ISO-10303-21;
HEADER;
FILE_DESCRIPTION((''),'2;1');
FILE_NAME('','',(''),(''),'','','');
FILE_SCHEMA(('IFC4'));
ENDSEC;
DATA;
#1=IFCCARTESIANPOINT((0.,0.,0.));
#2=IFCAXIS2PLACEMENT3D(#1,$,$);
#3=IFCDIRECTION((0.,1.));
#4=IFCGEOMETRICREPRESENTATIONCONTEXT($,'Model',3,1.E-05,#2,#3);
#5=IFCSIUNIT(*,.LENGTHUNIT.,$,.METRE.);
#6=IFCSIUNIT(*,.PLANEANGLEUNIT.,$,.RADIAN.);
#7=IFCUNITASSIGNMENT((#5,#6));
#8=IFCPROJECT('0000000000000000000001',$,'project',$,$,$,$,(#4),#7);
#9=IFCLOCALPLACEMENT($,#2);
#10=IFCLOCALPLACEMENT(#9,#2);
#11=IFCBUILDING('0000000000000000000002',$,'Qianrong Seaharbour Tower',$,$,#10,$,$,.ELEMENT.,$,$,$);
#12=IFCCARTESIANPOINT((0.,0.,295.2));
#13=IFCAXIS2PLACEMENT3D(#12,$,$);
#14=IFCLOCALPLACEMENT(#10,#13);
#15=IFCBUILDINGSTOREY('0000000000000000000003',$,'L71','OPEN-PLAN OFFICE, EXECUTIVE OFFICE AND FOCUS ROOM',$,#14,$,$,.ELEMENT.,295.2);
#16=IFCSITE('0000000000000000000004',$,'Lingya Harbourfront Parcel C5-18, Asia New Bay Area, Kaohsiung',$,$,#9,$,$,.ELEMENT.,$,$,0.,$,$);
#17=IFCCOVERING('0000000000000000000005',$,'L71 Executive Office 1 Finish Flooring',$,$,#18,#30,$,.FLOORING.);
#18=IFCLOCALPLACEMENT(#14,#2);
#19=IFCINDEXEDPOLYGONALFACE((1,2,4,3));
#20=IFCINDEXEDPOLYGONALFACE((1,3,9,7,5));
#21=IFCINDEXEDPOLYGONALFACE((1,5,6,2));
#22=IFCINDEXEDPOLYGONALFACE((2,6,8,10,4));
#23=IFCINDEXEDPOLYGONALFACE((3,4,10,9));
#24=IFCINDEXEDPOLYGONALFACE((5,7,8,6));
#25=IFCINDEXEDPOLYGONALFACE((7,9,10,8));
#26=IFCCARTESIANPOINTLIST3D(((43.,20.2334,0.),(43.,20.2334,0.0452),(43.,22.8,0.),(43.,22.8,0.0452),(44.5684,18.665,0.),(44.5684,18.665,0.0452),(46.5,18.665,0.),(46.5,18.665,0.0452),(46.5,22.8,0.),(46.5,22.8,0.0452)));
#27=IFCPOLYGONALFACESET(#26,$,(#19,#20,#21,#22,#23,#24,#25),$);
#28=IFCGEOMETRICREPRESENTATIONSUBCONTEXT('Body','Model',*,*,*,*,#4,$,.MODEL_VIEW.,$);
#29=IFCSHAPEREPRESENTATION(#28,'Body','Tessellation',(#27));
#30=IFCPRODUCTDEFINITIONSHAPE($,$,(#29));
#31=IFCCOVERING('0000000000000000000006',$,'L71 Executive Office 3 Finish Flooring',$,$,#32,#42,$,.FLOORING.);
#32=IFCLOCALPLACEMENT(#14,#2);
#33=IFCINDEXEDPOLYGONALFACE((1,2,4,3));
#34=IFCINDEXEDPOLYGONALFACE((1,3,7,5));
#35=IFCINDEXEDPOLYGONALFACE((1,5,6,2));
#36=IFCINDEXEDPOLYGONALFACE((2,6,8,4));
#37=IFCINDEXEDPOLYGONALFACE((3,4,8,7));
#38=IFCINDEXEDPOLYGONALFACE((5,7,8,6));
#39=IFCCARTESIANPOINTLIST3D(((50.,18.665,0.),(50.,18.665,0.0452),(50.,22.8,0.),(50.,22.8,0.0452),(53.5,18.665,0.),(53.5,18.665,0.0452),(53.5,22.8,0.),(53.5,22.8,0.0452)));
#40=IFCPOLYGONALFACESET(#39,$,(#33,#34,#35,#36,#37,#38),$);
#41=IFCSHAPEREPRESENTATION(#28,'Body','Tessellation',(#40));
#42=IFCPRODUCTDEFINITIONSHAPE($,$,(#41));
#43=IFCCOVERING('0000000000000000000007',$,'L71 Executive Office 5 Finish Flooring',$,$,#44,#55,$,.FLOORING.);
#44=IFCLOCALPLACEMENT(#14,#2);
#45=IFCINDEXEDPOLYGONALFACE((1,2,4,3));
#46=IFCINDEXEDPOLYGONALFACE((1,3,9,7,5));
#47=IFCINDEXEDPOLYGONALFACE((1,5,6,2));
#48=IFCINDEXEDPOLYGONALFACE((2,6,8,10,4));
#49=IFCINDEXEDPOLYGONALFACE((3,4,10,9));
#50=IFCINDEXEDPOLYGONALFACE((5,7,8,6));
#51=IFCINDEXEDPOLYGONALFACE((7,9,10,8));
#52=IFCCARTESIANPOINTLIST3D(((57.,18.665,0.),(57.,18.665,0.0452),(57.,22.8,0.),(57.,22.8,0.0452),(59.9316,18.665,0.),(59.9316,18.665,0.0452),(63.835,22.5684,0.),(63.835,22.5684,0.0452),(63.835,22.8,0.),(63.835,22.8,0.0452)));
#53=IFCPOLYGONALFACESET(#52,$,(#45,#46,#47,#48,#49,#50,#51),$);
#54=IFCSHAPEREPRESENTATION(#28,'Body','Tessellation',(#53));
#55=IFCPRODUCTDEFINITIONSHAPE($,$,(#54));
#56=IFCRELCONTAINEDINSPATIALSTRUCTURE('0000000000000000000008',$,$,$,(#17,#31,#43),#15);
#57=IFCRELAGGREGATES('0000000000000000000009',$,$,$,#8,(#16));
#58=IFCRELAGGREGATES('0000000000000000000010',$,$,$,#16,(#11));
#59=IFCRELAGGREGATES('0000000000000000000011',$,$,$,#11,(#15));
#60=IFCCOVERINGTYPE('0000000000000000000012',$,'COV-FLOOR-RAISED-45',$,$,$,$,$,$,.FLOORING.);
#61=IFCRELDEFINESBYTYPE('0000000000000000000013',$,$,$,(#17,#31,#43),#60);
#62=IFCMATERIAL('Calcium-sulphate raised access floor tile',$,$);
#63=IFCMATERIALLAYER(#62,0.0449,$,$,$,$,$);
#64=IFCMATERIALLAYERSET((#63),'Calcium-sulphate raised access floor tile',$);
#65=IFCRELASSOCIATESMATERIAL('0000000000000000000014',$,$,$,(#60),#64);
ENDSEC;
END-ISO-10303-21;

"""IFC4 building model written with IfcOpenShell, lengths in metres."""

from ifc_helpers import new_model, si_unit, direction, frame, origin, place, context, subcontext, project, spatial, polyline, outline, extrude, material, layer, layer_set, type_object, element, save


model = new_model("IFC4")

# Units and contexts
model_context = context("Model", 3, precision=1e-05, world=origin(), true_north=direction((0.0, 1.0)))
body_context = subcontext(model_context, "Body", "Model", "MODEL_VIEW")
ifc_project = project(units=[si_unit("LENGTHUNIT", "METRE"), si_unit("PLANEANGLEUNIT", "RADIAN")], contexts=[model_context])

# Site, building, storey
site_placement = place(None, origin())
site = spatial("IfcSite", under=ifc_project, at=site_placement, Name="Lingya Harbourfront Parcel C5-18, Asia New Bay Area, Kaohsiung", CompositionType="ELEMENT", RefElevation=0.0)
building_placement = place(site_placement, origin())
building = spatial("IfcBuilding", under=site, at=building_placement, Name="Qianrong Seaharbour Tower", CompositionType="ELEMENT")
storey_placement = place(building_placement, frame((0.0, 0.0, 295.2)))
storey = spatial("IfcBuildingStorey", under=building, at=storey_placement, Name="L71", Description="OPEN-PLAN OFFICE, EXECUTIVE OFFICE AND FOCUS ROOM", CompositionType="ELEMENT", Elevation=295.2)

# Coverings
ifc_material_1 = material(Name="Calcium-sulphate raised access floor tile")
ifc_layer_1 = layer(ifc_material_1, 0.0449)
ifc_layer_set_1 = layer_set([ifc_layer_1], Name="Calcium-sulphate raised access floor tile")
covering_type_1 = type_object("IfcCoveringType", Name="COV-FLOOR-RAISED-45", PredefinedType="FLOORING", material=ifc_layer_set_1)
covering_1_placement = place(storey_placement, origin())
element("IfcCovering", 1, at=covering_1_placement, inside=storey, type_object=covering_type_1, Name="L71 Executive Office 1 Finish Flooring", PredefinedType="FLOORING", context=body_context, shape_type="SweptSolid", body=[
    extrude(outline(polyline([(46.5, 18.665), (44.5684, 18.665), (43.0, 20.2334), (43.0, 22.8), (46.5, 22.8), (46.5, 18.665)])), origin(), (0.0, 0.0, 1.0), 0.0452),
])
covering_2_placement = place(storey_placement, origin())
element("IfcCovering", 2, at=covering_2_placement, inside=storey, type_object=covering_type_1, Name="L71 Executive Office 3 Finish Flooring", PredefinedType="FLOORING", context=body_context, shape_type="SweptSolid", body=[
    extrude(outline(polyline([(53.5, 18.665), (50.0, 18.665), (50.0, 22.8), (53.5, 22.8), (53.5, 18.665)])), origin(), (0.0, 0.0, 1.0), 0.0452),
])
covering_3_placement = place(storey_placement, origin())
element("IfcCovering", 3, at=covering_3_placement, inside=storey, type_object=covering_type_1, Name="L71 Executive Office 5 Finish Flooring", PredefinedType="FLOORING", context=body_context, shape_type="SweptSolid", body=[
    extrude(outline(polyline([(63.835, 22.5684), (59.9316, 18.665), (57.0, 18.665), (57.0, 22.8), (63.835, 22.8), (63.835, 22.5684)])), origin(), (0.0, 0.0, 1.0), 0.0452),
])

save(model, "model.ifc")
